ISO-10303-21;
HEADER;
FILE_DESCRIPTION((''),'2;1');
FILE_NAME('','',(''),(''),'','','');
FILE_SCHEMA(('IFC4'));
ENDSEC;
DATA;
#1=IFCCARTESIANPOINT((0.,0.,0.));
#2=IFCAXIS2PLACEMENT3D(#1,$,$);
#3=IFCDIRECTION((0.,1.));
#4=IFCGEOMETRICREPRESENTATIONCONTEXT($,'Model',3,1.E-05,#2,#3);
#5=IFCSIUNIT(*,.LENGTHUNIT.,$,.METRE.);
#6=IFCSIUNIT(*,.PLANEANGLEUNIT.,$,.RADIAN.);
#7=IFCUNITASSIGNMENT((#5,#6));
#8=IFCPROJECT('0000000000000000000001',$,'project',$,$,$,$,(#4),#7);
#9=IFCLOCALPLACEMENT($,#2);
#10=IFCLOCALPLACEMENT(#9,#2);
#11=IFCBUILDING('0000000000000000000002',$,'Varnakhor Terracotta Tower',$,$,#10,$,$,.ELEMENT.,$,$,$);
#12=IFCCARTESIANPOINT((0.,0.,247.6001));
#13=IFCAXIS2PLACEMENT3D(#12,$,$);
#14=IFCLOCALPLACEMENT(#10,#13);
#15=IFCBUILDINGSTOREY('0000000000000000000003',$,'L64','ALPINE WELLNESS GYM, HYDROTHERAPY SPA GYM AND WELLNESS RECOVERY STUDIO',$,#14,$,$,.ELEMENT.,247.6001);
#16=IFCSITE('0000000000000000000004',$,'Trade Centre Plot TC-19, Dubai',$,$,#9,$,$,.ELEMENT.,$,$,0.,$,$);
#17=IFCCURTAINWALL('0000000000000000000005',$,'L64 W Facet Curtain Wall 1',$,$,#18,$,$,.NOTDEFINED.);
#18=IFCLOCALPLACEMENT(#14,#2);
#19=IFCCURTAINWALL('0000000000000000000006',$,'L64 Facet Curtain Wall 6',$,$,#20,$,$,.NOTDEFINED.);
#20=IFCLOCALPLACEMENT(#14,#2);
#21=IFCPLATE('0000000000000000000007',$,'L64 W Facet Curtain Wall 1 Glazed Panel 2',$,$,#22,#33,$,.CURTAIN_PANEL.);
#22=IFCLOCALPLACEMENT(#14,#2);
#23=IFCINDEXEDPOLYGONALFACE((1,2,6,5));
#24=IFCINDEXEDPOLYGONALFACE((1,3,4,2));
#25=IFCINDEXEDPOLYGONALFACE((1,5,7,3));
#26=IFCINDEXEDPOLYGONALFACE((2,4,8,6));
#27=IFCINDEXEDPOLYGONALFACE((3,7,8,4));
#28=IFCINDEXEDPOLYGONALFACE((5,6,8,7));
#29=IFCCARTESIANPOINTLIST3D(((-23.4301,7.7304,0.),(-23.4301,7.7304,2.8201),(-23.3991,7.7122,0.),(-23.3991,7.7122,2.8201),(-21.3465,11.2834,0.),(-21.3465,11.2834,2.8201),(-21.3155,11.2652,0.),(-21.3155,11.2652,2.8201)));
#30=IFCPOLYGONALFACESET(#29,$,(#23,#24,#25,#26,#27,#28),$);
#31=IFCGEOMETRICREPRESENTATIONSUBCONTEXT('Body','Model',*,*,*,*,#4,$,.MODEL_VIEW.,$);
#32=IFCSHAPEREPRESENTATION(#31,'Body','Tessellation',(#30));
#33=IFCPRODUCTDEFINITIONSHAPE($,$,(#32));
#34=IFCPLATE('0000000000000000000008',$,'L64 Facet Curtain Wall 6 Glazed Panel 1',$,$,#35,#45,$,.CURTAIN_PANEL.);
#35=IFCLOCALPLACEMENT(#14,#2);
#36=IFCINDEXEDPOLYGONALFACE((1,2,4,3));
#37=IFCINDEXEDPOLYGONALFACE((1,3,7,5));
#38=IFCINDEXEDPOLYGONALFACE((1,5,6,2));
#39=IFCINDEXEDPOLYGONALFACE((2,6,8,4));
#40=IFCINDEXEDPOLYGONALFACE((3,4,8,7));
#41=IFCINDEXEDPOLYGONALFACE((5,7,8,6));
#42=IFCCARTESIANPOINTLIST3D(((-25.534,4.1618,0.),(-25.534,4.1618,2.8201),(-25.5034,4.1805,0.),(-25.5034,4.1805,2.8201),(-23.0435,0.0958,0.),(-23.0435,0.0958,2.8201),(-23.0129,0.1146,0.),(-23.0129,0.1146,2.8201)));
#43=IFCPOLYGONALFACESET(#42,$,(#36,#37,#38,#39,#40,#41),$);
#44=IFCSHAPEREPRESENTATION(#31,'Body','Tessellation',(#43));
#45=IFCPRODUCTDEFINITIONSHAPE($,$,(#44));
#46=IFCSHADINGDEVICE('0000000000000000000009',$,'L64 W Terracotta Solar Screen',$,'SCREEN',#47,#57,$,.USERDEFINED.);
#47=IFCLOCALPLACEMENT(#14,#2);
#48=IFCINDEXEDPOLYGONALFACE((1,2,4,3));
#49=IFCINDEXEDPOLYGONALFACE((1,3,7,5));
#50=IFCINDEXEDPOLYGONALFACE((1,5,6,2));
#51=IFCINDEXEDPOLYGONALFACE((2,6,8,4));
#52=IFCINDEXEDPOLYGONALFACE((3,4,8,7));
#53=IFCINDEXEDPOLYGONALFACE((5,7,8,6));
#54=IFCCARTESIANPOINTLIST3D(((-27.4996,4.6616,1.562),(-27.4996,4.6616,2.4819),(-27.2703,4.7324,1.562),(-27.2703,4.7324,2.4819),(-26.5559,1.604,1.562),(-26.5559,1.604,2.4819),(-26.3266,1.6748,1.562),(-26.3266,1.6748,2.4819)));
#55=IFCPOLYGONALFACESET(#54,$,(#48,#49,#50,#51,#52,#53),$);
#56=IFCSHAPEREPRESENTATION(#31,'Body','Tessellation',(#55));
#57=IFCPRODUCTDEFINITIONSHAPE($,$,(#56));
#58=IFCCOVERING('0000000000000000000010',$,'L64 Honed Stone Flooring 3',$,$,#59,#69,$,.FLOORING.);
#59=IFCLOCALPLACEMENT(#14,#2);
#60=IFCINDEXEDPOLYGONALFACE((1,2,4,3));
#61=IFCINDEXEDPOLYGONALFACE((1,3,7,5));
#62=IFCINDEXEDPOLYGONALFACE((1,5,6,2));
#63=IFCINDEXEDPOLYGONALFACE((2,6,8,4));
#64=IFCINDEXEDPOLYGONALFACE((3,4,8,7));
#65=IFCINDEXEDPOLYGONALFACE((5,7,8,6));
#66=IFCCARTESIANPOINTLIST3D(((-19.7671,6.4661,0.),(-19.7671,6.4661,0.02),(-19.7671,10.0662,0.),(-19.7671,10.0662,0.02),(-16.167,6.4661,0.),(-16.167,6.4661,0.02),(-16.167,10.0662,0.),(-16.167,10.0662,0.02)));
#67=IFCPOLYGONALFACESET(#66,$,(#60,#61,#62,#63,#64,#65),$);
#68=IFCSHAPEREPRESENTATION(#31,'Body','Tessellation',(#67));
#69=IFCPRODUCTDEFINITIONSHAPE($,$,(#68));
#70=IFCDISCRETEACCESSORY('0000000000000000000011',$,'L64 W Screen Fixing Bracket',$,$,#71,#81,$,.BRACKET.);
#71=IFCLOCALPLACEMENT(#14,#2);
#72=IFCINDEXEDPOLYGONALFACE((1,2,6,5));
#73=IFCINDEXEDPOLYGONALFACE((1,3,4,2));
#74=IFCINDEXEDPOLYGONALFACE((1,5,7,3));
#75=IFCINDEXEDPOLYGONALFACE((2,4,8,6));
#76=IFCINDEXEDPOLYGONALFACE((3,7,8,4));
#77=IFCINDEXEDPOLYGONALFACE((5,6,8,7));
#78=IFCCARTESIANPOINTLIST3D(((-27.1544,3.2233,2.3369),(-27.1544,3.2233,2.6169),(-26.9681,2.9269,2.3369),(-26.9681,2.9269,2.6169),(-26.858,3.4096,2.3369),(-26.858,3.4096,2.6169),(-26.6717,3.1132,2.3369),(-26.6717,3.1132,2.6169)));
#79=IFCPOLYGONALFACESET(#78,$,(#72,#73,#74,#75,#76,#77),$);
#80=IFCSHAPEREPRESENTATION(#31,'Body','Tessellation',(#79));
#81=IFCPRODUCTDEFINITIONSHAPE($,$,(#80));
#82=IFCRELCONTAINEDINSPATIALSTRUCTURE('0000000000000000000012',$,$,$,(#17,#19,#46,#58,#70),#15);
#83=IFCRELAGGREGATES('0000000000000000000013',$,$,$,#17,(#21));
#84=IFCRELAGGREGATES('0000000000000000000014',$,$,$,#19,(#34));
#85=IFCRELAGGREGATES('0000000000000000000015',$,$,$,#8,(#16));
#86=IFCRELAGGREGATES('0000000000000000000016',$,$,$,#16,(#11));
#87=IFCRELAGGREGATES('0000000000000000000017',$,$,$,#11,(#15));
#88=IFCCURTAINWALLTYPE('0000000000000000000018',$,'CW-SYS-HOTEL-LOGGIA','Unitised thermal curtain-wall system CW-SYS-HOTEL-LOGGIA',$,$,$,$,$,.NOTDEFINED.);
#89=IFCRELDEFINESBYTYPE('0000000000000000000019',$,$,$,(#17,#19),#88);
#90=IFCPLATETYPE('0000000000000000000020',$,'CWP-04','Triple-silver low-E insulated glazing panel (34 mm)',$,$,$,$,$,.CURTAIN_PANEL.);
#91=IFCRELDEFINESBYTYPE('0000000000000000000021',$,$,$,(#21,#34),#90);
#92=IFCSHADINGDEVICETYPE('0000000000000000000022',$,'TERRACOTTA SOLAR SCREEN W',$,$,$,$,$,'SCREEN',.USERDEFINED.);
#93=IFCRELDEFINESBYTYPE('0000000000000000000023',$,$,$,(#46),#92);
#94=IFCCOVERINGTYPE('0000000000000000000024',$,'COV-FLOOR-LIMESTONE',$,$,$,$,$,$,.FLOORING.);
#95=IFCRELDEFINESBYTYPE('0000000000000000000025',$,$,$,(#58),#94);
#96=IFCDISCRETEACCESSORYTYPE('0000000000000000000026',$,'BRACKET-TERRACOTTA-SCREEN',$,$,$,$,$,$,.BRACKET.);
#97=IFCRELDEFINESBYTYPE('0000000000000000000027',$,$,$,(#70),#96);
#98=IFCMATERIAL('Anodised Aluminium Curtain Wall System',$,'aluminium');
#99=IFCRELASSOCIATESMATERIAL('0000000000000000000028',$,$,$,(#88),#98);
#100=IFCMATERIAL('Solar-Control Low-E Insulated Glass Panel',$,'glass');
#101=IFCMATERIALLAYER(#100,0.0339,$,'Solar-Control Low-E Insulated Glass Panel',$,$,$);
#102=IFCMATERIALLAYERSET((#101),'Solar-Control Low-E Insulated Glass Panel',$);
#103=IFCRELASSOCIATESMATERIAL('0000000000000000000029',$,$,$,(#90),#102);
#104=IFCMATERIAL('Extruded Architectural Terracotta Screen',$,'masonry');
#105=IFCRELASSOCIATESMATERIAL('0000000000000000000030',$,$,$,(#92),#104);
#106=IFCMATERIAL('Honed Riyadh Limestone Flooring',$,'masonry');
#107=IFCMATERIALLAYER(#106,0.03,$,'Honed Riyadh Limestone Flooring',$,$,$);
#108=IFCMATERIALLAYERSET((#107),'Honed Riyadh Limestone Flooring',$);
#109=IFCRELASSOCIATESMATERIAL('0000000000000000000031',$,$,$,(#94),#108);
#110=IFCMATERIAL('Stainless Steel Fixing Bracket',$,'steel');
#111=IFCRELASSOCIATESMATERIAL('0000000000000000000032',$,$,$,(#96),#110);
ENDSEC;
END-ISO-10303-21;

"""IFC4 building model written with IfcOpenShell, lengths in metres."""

from ifc_helpers import new_model, si_unit, direction, frame, origin, origin_2d, place, context, subcontext, project, spatial, rectangle, extrude, source, transform, mapped, material, layer, layer_set, type_object, type_shapes, element, aggregate, save


model = new_model("IFC4")

# Units and contexts
model_context = context("Model", 3, precision=1e-05, world=origin(), true_north=direction((0.0, 1.0)))
body_context = subcontext(model_context, "Body", "Model", "MODEL_VIEW")
ifc_project = project(units=[si_unit("LENGTHUNIT", "METRE"), si_unit("PLANEANGLEUNIT", "RADIAN")], contexts=[model_context])

# Site, building, storey
site_placement = place(None, origin())
site = spatial("IfcSite", under=ifc_project, at=site_placement, Name="Trade Centre Plot TC-19, Dubai", CompositionType="ELEMENT", RefElevation=0.0)
building_placement = place(site_placement, origin())
building = spatial("IfcBuilding", under=site, at=building_placement, Name="Varnakhor Terracotta Tower", CompositionType="ELEMENT")
storey_placement = place(building_placement, frame((0.0, 0.0, 247.6001)))
storey = spatial("IfcBuildingStorey", under=building, at=storey_placement, Name="L64", Description="ALPINE WELLNESS GYM, HYDROTHERAPY SPA GYM AND WELLNESS RECOVERY STUDIO", CompositionType="ELEMENT", Elevation=247.6001)

# Curtain wall
ifc_material_1 = material(Name="Anodised Aluminium Curtain Wall System", Category="aluminium")
curtain_wall_type = type_object("IfcCurtainWallType", Name="CW-SYS-HOTEL-LOGGIA", Description="Unitised thermal curtain-wall system CW-SYS-HOTEL-LOGGIA", PredefinedType="NOTDEFINED", material=ifc_material_1)
curtain_wall_1_placement = place(storey_placement, origin())
curtain_wall_1 = element("IfcCurtainWall", 1, at=curtain_wall_1_placement, inside=storey, type_object=curtain_wall_type, Name="L64 W Facet Curtain Wall 1", PredefinedType="NOTDEFINED")

# Curtain wall
curtain_wall_2_placement = place(storey_placement, origin())
curtain_wall_2 = element("IfcCurtainWall", 2, at=curtain_wall_2_placement, inside=storey, type_object=curtain_wall_type, Name="L64 Facet Curtain Wall 6", PredefinedType="NOTDEFINED")

# Plates
ifc_material_2 = material(Name="Solar-Control Low-E Insulated Glass Panel", Category="glass")
ifc_layer_1 = layer(ifc_material_2, 0.0339, Name="Solar-Control Low-E Insulated Glass Panel")
ifc_layer_set_1 = layer_set([ifc_layer_1], Name="Solar-Control Low-E Insulated Glass Panel")
plate_type = type_object("IfcPlateType", Name="CWP-04", Description="Triple-silver low-E insulated glazing panel (34 mm)", PredefinedType="CURTAIN_PANEL", material=ifc_layer_set_1)
shared_shape_1 = source(origin(), body_context, "Body", "SweptSolid", [
    extrude(rectangle(XDim=4.1189, YDim=0.0359, at=origin_2d()), origin(), (0.0, 0.0, 1.0), 2.8201),
])
plate_1_placement = place(storey_placement, frame((-22.3728, 9.4978, 0.0), z_axis=(0.0, 0.0, 1.0), x_axis=(0.505868, 0.862611, 0.0)))
plate_1 = element("IfcPlate", 3, at=plate_1_placement, type_object=plate_type, Name="L64 W Facet Curtain Wall 1 Glazed Panel 2", PredefinedType="CURTAIN_PANEL", context=body_context, shape_type="MappedRepresentation", body=[
    mapped(shared_shape_1, transform((0.0, 0.0, 0.0), scale=1.0)),
])
aggregate(curtain_wall_1, [plate_1])
shared_shape_2 = source(origin(), body_context, "Body", "SweptSolid", [
    extrude(rectangle(XDim=4.7681, YDim=0.0359, at=origin_2d()), origin(), (0.0, 0.0, 1.0), 2.8201),
])
plate_2_placement = place(storey_placement, frame((-24.2734, 2.1382, 0.0), z_axis=(0.0, 0.0, 1.0), x_axis=(-0.52232, 0.85275, 0.0)))
plate_2 = element("IfcPlate", 4, at=plate_2_placement, type_object=plate_type, Name="L64 Facet Curtain Wall 6 Glazed Panel 1", PredefinedType="CURTAIN_PANEL", context=body_context, shape_type="MappedRepresentation", body=[
    mapped(shared_shape_2, transform((0.0, 0.0, 0.0), scale=1.0)),
])
aggregate(curtain_wall_2, [plate_2])

# Shading device
ifc_material_3 = material(Name="Extruded Architectural Terracotta Screen", Category="masonry")
shading_device_type = type_object("IfcShadingDeviceType", Name="TERRACOTTA SOLAR SCREEN W", ElementType="SCREEN", PredefinedType="USERDEFINED", material=ifc_material_3)
shared_shape_3 = source(origin(), body_context, "Body", "SweptSolid", [
    extrude(rectangle(XDim=3.2, YDim=0.24, at=origin_2d()), origin(), (0.0, 0.0, 1.0), 0.9199),
])
type_shapes(shading_device_type, [shared_shape_3])
shading_device_placement = place(storey_placement, frame((-26.9131, 3.1682, 1.562), z_axis=(0.0, 0.0, 1.0), x_axis=(0.294908, -0.955526, 0.0)))
element("IfcShadingDevice", 5, at=shading_device_placement, inside=storey, type_object=shading_device_type, Name="L64 W Terracotta Solar Screen", ObjectType="SCREEN", PredefinedType="USERDEFINED", context=body_context, shape_type="MappedRepresentation", body=[
    mapped(shared_shape_3, transform((0.0, 0.0, 0.0), scale=1.0)),
])

# Covering
ifc_material_4 = material(Name="Honed Riyadh Limestone Flooring", Category="masonry")
ifc_layer_2 = layer(ifc_material_4, 0.03, Name="Honed Riyadh Limestone Flooring")
ifc_layer_set_2 = layer_set([ifc_layer_2], Name="Honed Riyadh Limestone Flooring")
covering_type = type_object("IfcCoveringType", Name="COV-FLOOR-LIMESTONE", PredefinedType="FLOORING", material=ifc_layer_set_2)
shared_shape_4 = source(origin(), body_context, "Body", "SweptSolid", [
    extrude(rectangle(XDim=3.6001, YDim=3.6001, at=origin_2d()), origin(), (0.0, 0.0, 1.0), 0.02),
])
covering_placement = place(storey_placement, frame((-17.967, 8.2661, 0.0), z_axis=(0.0, 0.0, 1.0), x_axis=(1.0, 0.0, 0.0)))
element("IfcCovering", 6, at=covering_placement, inside=storey, type_object=covering_type, Name="L64 Honed Stone Flooring 3", PredefinedType="FLOORING", context=body_context, shape_type="MappedRepresentation", body=[
    mapped(shared_shape_4, transform((0.0, 0.0, 0.0), scale=1.0)),
])

# Discrete accessory
ifc_material_5 = material(Name="Stainless Steel Fixing Bracket", Category="steel")
discrete_accessory_type = type_object("IfcDiscreteAccessoryType", Name="BRACKET-TERRACOTTA-SCREEN", PredefinedType="BRACKET", material=ifc_material_5)
shared_shape_5 = source(origin(), body_context, "Body", "SweptSolid", [
    extrude(rectangle(XDim=0.3501, YDim=0.3501, at=origin_2d()), origin(), (0.0, 0.0, 1.0), 0.28),
])
type_shapes(discrete_accessory_type, [shared_shape_5])
discrete_accessory_placement = place(storey_placement, frame((-26.9131, 3.1682, 2.3369), z_axis=(0.0, 0.0, 1.0), x_axis=(0.532167, -0.846639, 0.0)))
element("IfcDiscreteAccessory", 7, at=discrete_accessory_placement, inside=storey, type_object=discrete_accessory_type, Name="L64 W Screen Fixing Bracket", PredefinedType="BRACKET", context=body_context, shape_type="MappedRepresentation", body=[
    mapped(shared_shape_5, transform((0.0, 0.0, 0.0), scale=1.0)),
])

save(model, "model.ifc")
